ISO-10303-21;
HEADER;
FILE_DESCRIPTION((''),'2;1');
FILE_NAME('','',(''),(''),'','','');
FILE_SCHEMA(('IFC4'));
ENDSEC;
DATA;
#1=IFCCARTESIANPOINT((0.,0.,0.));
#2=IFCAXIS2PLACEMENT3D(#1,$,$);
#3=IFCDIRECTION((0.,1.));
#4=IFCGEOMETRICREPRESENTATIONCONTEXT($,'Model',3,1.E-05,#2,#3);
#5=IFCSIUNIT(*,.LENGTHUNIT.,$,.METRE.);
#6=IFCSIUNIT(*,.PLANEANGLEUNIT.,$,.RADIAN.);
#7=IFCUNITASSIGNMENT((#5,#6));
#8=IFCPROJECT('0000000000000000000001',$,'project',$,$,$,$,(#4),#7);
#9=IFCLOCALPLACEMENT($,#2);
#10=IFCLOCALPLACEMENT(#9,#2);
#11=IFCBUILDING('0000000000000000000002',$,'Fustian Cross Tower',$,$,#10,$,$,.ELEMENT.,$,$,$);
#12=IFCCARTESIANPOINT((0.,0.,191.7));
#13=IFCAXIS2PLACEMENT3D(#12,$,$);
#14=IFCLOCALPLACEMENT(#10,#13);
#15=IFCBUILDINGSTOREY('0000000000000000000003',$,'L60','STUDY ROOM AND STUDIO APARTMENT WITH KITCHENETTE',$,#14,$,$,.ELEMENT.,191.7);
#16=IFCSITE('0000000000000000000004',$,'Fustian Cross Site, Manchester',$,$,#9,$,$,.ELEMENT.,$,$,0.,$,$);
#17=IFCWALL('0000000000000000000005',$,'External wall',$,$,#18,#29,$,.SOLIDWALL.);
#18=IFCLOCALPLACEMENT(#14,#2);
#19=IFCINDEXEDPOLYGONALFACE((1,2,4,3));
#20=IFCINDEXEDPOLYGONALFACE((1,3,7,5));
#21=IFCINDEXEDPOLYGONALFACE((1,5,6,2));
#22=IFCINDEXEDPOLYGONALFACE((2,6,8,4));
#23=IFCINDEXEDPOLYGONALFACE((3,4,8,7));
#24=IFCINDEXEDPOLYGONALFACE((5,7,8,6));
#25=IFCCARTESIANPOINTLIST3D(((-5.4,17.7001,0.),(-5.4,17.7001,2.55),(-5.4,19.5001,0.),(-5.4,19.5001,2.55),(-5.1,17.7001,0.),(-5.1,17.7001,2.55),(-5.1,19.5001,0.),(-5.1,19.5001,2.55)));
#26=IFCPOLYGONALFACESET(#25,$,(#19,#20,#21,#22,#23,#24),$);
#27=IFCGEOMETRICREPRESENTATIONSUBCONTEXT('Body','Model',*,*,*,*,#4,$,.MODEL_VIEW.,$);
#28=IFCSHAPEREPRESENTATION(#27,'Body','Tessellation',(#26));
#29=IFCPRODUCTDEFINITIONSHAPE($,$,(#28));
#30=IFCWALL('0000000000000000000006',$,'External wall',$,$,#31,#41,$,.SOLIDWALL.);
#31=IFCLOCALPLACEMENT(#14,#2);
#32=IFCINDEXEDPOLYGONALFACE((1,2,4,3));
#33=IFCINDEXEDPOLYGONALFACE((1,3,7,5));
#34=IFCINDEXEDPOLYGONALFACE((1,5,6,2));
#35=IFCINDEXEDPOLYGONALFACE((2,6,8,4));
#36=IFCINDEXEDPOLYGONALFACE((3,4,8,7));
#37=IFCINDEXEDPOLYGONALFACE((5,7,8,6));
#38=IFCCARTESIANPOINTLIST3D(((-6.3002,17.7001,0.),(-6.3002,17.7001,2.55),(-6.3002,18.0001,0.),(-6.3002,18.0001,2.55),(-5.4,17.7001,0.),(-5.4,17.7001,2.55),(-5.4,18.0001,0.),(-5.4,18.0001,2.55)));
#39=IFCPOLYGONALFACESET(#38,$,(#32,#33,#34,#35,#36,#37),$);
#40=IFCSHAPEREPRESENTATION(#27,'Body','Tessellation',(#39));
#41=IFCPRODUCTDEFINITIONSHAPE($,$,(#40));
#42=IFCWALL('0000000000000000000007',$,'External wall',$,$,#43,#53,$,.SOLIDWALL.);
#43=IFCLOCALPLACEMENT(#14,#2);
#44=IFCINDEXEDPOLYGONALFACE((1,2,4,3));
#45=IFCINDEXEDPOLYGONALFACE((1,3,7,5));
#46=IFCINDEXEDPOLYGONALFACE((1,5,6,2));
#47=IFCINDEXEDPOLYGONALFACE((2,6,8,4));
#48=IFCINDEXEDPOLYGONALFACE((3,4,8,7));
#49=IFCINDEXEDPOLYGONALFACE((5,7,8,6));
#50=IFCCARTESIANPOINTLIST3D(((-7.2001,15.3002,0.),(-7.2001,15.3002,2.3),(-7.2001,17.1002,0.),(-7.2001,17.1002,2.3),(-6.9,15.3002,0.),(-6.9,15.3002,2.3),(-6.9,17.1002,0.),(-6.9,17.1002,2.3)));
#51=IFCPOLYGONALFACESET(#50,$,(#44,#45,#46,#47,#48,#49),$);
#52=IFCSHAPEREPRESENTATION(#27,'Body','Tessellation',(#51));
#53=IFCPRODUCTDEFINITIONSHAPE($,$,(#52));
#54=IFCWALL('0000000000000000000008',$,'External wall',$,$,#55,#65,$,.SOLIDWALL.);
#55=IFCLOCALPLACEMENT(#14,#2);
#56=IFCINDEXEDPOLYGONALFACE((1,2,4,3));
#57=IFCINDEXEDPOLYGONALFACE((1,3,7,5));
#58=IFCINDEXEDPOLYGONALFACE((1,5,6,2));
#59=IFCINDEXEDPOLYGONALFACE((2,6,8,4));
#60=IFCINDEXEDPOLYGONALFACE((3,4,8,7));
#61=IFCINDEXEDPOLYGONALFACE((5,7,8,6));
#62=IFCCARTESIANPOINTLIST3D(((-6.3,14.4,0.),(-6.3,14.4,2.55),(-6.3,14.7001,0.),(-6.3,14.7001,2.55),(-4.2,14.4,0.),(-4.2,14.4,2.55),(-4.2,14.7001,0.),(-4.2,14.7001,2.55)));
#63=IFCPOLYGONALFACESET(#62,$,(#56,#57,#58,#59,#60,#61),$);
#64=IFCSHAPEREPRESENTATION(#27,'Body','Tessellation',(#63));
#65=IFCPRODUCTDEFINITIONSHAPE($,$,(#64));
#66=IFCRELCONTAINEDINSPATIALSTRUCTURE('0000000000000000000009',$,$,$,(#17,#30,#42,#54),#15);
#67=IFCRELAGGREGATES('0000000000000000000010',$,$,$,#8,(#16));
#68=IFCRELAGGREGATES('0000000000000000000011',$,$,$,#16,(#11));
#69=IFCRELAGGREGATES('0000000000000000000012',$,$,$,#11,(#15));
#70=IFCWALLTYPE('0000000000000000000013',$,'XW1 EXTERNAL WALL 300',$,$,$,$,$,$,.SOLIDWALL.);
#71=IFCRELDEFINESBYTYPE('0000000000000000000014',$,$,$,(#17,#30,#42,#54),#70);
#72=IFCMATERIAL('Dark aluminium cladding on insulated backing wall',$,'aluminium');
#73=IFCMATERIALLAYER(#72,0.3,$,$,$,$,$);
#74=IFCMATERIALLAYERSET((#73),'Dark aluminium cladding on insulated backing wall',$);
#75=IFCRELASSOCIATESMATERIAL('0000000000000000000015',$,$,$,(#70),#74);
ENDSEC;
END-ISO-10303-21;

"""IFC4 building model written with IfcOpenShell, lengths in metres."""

from ifc_helpers import new_model, si_unit, direction, frame, frame_2d, origin, place, context, subcontext, project, spatial, rectangle, extrude, material, layer, layer_set, type_object, element, save


model = new_model("IFC4")

# Units and contexts
model_context = context("Model", 3, precision=1e-05, world=origin(), true_north=direction((0.0, 1.0)))
body_context = subcontext(model_context, "Body", "Model", "MODEL_VIEW")
ifc_project = project(units=[si_unit("LENGTHUNIT", "METRE"), si_unit("PLANEANGLEUNIT", "RADIAN")], contexts=[model_context])

# Site, building, storey
site_placement = place(None, origin())
site = spatial("IfcSite", under=ifc_project, at=site_placement, Name="Fustian Cross Site, Manchester", CompositionType="ELEMENT", RefElevation=0.0)
building_placement = place(site_placement, origin())
building = spatial("IfcBuilding", under=site, at=building_placement, Name="Fustian Cross Tower", CompositionType="ELEMENT")
storey_placement = place(building_placement, frame((0.0, 0.0, 191.7)))
storey = spatial("IfcBuildingStorey", under=building, at=storey_placement, Name="L60", Description="STUDY ROOM AND STUDIO APARTMENT WITH KITCHENETTE", CompositionType="ELEMENT", Elevation=191.7)

# Shared definitions
ifc_material_1 = material(Name="Dark aluminium cladding on insulated backing wall", Category="aluminium")
ifc_layer_1 = layer(ifc_material_1, 0.3)
ifc_layer_set_1 = layer_set([ifc_layer_1], Name="Dark aluminium cladding on insulated backing wall")
wall_type_1 = type_object("IfcWallType", Name="XW1 EXTERNAL WALL 300", PredefinedType="SOLIDWALL", material=ifc_layer_set_1)

# Walls
wall_1_placement = place(storey_placement, frame((-5.25, 19.5, 0.0), z_axis=(0.0, 0.0, 1.0), x_axis=(0.0, -1.0, 0.0)))
element("IfcWall", 1, at=wall_1_placement, inside=storey, type_object=wall_type_1, Name="External wall", PredefinedType="SOLIDWALL", context=body_context, shape_type="SweptSolid", body=[
    extrude(rectangle(XDim=1.8, YDim=0.3, at=frame_2d((0.8999, 0.0))), origin(), (0.0, 0.0, 1.0), 2.55),
])
wall_2_placement = place(storey_placement, frame((-5.3999, 17.8501, 0.0), z_axis=(0.0, 0.0, 1.0), x_axis=(-1.0, 0.0, 0.0)))
element("IfcWall", 2, at=wall_2_placement, inside=storey, type_object=wall_type_1, Name="External wall", PredefinedType="SOLIDWALL", context=body_context, shape_type="SweptSolid", body=[
    extrude(rectangle(XDim=0.9001, YDim=0.3, at=frame_2d((0.4502, 0.0))), origin(), (0.0, 0.0, 1.0), 2.55),
])
wall_3_placement = place(storey_placement, frame((-7.05, 17.1001, 0.0), z_axis=(0.0, 0.0, 1.0), x_axis=(0.0, -1.0, 0.0)))
element("IfcWall", 3, at=wall_3_placement, inside=storey, type_object=wall_type_1, Name="External wall", PredefinedType="SOLIDWALL", context=body_context, shape_type="SweptSolid", body=[
    extrude(rectangle(XDim=1.8, YDim=0.3, at=frame_2d((0.8999, 0.0))), origin(), (0.0, 0.0, 1.0), 2.3),
])
wall_4_placement = place(storey_placement, frame((-6.3, 14.55, 0.0), z_axis=(0.0, 0.0, 1.0), x_axis=(1.0, 0.0, 0.0)))
element("IfcWall", 4, at=wall_4_placement, inside=storey, type_object=wall_type_1, Name="External wall", PredefinedType="SOLIDWALL", context=body_context, shape_type="SweptSolid", body=[
    extrude(rectangle(XDim=2.1001, YDim=0.3, at=frame_2d((1.05, 0.0))), origin(), (0.0, 0.0, 1.0), 2.55),
])

save(model, "model.ifc")
